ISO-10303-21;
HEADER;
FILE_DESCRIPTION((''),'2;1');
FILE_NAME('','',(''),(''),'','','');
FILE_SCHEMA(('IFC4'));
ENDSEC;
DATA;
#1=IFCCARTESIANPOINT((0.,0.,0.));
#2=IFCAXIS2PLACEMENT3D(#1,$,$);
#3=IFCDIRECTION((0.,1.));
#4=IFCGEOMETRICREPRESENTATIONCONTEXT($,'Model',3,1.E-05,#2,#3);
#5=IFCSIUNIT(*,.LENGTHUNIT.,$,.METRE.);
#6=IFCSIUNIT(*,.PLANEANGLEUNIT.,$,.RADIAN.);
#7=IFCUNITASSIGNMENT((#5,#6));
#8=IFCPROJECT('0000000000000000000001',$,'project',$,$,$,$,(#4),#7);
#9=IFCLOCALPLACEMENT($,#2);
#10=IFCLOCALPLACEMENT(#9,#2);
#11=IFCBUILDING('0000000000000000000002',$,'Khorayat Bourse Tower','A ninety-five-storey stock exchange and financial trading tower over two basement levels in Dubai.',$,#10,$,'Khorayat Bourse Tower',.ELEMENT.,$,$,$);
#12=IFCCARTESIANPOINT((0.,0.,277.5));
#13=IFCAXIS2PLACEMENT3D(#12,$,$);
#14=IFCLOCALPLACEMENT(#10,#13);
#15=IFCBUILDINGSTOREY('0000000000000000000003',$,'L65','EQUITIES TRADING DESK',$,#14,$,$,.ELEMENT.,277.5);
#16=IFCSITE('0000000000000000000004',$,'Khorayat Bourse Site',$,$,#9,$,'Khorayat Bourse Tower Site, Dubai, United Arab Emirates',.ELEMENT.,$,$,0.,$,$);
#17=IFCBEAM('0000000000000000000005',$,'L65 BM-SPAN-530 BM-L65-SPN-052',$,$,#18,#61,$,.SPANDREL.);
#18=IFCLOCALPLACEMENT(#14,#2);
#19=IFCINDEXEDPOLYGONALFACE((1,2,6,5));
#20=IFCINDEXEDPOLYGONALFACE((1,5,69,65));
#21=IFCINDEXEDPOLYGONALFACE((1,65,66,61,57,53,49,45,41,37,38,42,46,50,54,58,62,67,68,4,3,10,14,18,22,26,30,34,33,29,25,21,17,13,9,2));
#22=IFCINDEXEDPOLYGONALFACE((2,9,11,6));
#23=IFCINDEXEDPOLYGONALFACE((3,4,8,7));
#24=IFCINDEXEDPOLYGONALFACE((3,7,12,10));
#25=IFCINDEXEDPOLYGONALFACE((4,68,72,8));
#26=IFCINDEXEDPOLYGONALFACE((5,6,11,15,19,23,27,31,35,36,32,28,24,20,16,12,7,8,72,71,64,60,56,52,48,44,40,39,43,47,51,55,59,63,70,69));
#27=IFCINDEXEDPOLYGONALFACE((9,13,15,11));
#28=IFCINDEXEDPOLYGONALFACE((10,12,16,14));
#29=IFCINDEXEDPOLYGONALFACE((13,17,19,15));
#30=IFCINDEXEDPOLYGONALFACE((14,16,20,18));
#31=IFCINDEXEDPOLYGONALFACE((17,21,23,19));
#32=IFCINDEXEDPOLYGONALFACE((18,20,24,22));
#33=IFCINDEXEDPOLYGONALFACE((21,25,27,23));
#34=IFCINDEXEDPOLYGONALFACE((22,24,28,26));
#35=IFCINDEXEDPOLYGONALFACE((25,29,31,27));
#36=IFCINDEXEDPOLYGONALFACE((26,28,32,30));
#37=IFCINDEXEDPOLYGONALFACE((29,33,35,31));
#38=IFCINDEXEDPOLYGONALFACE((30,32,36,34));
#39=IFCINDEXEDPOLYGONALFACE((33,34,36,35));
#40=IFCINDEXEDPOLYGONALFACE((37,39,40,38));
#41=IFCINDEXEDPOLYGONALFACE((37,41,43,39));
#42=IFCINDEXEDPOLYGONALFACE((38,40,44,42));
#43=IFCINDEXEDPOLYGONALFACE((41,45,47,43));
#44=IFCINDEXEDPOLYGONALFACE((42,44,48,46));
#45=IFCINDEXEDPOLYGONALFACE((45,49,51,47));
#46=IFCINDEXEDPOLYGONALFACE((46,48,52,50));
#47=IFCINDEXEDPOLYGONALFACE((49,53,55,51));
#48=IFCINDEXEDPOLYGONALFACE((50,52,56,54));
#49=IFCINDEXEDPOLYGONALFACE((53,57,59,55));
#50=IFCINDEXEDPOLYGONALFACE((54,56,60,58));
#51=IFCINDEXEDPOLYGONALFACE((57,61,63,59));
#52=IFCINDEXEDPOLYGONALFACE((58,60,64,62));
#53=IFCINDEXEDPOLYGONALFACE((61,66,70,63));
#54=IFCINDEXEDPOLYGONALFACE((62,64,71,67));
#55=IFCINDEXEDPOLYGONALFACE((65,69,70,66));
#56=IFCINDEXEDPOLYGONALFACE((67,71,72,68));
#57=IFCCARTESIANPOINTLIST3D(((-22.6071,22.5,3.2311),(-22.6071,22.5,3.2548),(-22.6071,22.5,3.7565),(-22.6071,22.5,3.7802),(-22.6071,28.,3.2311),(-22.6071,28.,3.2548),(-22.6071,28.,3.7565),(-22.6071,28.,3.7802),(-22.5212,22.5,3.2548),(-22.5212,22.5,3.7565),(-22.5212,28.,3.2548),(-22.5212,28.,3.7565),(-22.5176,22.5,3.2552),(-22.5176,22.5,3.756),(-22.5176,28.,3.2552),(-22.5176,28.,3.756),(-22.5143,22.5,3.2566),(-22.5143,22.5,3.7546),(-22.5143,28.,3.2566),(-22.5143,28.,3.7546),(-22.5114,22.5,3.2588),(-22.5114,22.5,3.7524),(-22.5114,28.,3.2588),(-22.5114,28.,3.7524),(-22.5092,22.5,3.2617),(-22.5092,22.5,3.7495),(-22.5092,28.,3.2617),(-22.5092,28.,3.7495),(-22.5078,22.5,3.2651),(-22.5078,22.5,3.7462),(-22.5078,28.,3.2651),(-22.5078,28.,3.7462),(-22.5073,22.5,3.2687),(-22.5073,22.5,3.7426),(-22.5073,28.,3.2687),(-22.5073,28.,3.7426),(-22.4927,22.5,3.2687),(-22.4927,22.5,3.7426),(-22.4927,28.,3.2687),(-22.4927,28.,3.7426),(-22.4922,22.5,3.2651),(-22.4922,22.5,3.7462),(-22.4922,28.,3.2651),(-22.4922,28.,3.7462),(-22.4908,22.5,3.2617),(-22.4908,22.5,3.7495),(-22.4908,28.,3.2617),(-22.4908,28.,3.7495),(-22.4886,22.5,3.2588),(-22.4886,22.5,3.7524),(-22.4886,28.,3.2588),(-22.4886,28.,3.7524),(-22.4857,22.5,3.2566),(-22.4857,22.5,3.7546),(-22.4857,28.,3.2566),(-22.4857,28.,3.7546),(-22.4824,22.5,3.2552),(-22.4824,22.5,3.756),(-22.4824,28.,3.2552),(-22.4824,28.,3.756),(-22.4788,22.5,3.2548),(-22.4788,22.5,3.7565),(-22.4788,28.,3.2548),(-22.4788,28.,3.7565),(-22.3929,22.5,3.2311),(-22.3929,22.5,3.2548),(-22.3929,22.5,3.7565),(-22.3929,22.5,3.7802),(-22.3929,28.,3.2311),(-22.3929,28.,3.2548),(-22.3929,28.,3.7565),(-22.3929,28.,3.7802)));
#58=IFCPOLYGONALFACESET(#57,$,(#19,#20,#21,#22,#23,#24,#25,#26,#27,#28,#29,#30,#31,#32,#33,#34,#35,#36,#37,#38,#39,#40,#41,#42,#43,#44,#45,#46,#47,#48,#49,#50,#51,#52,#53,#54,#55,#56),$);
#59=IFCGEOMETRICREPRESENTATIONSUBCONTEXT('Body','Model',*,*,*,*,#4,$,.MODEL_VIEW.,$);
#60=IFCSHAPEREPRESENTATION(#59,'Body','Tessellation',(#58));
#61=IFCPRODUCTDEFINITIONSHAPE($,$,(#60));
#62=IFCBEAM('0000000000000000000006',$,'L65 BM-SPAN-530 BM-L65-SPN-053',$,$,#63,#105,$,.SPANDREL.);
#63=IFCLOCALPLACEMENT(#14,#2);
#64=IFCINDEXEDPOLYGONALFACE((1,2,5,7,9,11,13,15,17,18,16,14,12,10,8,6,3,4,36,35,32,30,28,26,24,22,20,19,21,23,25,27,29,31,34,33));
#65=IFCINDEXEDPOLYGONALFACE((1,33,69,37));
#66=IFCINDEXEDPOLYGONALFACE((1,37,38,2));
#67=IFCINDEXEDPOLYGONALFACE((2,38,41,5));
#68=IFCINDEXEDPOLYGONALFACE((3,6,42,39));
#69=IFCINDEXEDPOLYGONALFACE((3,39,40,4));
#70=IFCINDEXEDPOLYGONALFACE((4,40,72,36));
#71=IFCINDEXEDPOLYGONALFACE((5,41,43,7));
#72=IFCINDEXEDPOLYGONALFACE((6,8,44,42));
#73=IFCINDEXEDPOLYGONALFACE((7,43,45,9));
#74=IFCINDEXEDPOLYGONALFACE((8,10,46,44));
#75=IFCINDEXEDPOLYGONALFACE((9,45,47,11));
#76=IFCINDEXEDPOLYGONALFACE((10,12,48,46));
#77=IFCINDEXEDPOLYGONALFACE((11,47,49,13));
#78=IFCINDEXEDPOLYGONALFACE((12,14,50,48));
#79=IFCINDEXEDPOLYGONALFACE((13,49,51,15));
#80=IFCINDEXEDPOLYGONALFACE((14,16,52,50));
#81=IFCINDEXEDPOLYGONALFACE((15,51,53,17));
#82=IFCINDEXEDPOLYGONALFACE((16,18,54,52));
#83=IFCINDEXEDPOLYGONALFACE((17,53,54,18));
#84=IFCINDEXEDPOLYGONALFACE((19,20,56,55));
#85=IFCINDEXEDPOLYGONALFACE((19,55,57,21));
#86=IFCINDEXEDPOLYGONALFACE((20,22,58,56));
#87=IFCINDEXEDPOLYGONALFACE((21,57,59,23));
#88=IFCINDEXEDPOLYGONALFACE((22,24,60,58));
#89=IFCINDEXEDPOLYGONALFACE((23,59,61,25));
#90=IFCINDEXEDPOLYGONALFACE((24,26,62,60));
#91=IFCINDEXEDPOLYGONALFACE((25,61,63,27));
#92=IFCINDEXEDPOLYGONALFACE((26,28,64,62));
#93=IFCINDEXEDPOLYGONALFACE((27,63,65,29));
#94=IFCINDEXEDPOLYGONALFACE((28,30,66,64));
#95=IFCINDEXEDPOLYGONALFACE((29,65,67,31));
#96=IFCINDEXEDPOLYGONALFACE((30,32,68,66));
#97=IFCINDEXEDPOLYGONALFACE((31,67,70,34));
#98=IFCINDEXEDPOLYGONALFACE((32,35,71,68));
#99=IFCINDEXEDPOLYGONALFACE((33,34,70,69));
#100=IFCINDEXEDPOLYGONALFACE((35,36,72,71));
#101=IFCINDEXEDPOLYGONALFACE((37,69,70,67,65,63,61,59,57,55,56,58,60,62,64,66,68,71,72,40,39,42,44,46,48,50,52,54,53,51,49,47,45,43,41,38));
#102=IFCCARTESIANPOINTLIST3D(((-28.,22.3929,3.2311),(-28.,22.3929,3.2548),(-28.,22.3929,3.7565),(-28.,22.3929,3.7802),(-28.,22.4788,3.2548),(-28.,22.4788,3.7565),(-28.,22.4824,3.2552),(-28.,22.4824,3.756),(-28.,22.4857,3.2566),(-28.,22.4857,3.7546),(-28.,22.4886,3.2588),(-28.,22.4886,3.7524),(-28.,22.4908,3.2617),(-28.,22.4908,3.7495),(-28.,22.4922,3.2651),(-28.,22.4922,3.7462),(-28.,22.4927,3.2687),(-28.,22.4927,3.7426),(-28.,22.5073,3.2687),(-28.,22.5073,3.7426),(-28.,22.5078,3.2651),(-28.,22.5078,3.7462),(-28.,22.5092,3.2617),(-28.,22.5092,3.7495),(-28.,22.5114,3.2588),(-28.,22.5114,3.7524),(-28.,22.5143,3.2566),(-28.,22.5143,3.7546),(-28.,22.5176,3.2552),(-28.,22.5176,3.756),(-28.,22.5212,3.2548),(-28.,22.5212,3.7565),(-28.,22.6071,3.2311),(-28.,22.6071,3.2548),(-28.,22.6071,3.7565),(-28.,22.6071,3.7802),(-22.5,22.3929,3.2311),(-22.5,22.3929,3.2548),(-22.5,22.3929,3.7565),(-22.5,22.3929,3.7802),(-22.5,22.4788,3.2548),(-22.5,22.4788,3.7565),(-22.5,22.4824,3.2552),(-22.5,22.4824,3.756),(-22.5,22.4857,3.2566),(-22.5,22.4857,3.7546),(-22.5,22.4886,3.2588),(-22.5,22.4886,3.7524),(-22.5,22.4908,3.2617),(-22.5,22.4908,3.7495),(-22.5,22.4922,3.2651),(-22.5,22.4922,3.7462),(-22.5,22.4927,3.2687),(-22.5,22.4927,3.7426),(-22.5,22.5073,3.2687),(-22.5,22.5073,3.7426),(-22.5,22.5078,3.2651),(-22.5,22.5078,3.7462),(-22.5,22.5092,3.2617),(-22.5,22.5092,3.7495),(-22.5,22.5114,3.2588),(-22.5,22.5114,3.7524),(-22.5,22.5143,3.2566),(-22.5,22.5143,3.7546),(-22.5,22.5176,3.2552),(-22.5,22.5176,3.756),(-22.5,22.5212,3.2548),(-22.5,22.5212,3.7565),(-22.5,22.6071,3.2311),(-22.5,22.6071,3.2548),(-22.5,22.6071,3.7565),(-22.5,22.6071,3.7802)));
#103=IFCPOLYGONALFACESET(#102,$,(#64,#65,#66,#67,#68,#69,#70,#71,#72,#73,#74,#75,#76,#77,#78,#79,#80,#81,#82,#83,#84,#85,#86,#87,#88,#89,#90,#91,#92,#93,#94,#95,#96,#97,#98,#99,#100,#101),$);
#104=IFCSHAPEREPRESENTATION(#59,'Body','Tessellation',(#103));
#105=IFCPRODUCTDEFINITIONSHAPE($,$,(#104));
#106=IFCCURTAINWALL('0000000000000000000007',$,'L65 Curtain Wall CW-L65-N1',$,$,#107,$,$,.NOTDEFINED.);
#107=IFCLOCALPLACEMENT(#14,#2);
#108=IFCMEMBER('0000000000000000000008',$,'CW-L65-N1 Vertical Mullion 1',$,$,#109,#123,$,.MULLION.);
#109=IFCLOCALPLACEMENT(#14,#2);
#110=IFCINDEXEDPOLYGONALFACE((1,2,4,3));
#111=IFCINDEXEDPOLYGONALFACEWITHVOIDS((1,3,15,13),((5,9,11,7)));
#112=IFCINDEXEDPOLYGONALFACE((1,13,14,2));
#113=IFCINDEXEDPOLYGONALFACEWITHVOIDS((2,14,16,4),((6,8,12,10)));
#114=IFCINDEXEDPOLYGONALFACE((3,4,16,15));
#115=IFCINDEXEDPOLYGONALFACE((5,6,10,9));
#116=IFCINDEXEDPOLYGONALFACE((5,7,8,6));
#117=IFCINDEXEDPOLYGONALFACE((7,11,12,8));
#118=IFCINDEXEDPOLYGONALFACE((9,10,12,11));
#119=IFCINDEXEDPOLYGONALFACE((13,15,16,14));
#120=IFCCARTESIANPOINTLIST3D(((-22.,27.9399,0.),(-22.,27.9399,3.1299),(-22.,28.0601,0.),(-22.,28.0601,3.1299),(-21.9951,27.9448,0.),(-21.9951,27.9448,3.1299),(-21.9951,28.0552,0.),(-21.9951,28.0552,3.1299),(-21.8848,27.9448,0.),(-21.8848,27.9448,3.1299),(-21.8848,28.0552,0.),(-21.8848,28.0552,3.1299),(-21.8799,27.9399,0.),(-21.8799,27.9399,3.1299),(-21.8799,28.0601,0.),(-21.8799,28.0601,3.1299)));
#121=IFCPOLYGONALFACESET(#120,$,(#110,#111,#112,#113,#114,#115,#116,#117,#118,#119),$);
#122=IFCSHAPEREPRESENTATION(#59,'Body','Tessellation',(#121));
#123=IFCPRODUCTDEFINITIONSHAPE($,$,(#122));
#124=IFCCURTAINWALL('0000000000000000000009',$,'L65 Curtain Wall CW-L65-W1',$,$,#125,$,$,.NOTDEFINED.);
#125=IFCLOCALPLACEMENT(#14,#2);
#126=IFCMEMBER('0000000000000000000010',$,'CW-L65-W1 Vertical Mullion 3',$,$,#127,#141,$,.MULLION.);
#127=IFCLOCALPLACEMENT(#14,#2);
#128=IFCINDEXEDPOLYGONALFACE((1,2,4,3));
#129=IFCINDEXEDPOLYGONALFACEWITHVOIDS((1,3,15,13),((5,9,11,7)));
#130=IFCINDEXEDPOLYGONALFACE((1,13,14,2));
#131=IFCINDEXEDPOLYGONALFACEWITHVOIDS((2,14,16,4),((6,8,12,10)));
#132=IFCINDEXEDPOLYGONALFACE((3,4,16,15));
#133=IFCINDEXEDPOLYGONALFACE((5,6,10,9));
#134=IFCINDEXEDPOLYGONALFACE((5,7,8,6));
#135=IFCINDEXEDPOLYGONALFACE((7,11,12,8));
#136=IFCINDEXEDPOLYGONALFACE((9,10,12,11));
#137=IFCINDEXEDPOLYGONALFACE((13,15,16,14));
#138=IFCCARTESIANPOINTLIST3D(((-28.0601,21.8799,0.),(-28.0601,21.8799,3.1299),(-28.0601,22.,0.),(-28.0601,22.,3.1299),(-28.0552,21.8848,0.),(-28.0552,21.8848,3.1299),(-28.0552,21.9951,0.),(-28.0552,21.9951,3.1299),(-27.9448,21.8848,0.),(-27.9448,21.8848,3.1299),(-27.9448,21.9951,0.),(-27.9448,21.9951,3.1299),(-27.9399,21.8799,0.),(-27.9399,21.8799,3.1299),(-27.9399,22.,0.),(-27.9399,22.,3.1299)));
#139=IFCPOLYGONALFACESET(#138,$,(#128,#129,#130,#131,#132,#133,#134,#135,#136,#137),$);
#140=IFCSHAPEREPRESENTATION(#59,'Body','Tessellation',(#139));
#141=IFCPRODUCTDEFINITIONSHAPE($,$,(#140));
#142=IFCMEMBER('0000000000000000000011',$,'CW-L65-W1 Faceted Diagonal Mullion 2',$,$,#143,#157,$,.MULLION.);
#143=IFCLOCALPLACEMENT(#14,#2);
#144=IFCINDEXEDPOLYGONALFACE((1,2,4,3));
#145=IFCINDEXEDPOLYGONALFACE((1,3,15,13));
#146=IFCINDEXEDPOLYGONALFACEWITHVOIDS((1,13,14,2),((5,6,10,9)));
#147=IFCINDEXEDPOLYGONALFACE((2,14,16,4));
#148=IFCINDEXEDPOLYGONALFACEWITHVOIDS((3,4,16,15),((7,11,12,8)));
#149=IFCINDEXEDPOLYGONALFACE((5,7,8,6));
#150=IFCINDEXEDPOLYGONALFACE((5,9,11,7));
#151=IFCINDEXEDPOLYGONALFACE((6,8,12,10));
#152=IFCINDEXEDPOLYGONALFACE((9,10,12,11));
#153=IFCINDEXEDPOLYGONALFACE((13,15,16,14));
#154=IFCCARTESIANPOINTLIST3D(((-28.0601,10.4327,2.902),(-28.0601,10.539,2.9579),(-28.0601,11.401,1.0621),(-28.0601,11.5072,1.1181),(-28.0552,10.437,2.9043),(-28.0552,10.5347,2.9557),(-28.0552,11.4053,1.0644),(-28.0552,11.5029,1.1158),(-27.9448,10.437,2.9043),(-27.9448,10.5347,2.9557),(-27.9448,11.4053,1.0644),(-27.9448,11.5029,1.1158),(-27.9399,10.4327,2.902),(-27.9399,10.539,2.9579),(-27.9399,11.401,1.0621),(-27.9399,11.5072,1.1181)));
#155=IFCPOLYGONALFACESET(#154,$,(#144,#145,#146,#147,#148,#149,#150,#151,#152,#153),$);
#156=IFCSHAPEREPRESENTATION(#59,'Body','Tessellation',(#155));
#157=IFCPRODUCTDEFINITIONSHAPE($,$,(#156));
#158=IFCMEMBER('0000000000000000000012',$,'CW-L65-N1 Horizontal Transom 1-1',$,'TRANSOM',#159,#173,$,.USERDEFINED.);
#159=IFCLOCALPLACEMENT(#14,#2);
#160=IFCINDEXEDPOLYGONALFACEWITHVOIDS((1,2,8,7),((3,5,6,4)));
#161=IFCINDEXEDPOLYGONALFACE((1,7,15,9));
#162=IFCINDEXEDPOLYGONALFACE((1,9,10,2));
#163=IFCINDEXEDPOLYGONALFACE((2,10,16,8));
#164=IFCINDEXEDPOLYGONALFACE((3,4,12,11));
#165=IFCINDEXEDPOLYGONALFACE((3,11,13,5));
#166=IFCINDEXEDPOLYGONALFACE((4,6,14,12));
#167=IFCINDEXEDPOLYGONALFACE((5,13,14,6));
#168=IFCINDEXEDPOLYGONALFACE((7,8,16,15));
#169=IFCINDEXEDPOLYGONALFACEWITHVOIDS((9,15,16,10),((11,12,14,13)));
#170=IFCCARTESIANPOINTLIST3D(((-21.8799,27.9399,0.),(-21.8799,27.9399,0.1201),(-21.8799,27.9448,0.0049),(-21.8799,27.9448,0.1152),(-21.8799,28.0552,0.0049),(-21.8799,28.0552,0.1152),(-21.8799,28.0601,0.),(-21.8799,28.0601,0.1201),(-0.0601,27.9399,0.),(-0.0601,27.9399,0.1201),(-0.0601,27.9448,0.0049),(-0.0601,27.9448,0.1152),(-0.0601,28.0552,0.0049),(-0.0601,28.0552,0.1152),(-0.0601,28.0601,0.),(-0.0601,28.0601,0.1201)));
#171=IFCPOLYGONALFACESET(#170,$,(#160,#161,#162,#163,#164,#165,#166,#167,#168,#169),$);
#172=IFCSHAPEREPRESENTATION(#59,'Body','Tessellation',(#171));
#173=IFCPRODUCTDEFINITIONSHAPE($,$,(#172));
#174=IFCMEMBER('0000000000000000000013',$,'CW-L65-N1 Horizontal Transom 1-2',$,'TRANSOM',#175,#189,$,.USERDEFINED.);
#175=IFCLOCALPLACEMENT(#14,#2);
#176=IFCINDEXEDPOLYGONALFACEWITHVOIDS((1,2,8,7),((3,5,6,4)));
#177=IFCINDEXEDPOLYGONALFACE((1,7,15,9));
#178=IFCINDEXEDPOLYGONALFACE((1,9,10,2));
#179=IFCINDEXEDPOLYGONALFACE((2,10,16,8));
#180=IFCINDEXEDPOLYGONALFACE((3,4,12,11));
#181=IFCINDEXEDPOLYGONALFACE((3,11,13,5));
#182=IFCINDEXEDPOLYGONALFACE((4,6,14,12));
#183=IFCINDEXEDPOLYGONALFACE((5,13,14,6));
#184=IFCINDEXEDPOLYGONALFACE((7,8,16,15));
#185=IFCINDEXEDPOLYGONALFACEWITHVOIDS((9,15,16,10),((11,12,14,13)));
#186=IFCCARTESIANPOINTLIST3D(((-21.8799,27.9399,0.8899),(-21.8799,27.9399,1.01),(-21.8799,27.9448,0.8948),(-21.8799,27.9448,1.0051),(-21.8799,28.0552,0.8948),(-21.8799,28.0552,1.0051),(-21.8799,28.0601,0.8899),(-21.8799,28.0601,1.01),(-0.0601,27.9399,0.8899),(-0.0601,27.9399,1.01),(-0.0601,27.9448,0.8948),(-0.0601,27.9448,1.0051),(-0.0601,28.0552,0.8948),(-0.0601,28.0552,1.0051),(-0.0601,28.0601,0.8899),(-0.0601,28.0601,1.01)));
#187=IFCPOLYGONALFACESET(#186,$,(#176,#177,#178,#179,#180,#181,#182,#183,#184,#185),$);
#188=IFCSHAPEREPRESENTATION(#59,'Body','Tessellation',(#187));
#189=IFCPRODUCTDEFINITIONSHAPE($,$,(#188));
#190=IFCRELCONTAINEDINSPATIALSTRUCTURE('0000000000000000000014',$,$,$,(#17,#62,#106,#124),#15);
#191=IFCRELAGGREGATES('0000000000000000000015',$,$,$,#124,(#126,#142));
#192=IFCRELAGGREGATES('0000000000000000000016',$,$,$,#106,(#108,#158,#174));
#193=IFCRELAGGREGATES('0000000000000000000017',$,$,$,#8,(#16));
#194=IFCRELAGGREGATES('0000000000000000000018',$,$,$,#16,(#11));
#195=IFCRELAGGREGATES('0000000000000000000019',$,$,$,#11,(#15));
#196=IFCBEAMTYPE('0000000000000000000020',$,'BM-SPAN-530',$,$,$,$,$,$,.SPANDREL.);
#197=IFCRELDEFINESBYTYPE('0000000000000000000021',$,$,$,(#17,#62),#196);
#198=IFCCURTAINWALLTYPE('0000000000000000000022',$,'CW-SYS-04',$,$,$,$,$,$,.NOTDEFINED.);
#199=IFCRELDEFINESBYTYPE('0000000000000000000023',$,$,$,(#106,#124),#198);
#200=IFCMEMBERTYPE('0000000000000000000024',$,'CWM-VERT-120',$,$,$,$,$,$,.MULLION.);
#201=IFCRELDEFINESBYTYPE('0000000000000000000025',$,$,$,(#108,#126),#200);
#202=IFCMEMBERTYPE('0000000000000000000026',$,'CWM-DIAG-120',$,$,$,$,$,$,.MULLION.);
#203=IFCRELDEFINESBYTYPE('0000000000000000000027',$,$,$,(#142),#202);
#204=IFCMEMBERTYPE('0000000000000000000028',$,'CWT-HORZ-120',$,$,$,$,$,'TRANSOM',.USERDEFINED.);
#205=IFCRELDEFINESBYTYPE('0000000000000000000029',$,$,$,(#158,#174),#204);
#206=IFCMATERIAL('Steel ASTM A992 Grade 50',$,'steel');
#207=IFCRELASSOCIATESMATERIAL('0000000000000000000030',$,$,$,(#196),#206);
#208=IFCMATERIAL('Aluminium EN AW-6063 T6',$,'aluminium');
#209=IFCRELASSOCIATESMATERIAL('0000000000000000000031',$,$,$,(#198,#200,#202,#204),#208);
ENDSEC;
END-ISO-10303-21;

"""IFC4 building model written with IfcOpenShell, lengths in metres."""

from ifc_helpers import new_model, si_unit, direction, frame, origin, origin_2d, place, context, subcontext, project, spatial, hollow_rectangle, i_section, extrude, source, transform, mapped, material, material_profile, profile_set, type_object, element, aggregate, save


model = new_model("IFC4")

# Units and contexts
model_context = context("Model", 3, precision=1e-05, world=origin(), true_north=direction((0.0, 1.0)))
body_context = subcontext(model_context, "Body", "Model", "MODEL_VIEW")
ifc_project = project(units=[si_unit("LENGTHUNIT", "METRE"), si_unit("PLANEANGLEUNIT", "RADIAN")], contexts=[model_context])

# Site, building, storey
site_placement = place(None, origin())
site = spatial("IfcSite", under=ifc_project, at=site_placement, Name="Khorayat Bourse Site", LongName="Khorayat Bourse Tower Site, Dubai, United Arab Emirates", CompositionType="ELEMENT", RefElevation=0.0)
building_placement = place(site_placement, origin())
building = spatial("IfcBuilding", under=site, at=building_placement, Name="Khorayat Bourse Tower", Description="A ninety-five-storey stock exchange and financial trading tower over two basement levels in Dubai.", LongName="Khorayat Bourse Tower", CompositionType="ELEMENT")
storey_placement = place(building_placement, frame((0.0, 0.0, 277.5)))
storey = spatial("IfcBuildingStorey", under=building, at=storey_placement, Name="L65", Description="EQUITIES TRADING DESK", CompositionType="ELEMENT", Elevation=277.5)

# Beams
ifc_material_1 = material(Name="Steel ASTM A992 Grade 50", Category="steel")
ifc_material_profile_1 = material_profile(ifc_material_1, i_section(OverallWidth=0.2141, OverallDepth=0.5491, WebThickness=0.0146, FlangeThickness=0.0237, FilletRadius=0.0139, at=origin_2d()), Name="W530X138")
ifc_profile_set_1 = profile_set([ifc_material_profile_1], Name="Steel ASTM A992 Grade 50")
beam_type_1 = type_object("IfcBeamType", Name="BM-SPAN-530", PredefinedType="SPANDREL", material=ifc_profile_set_1)
shared_shape_1 = source(origin(), body_context, "Body", "SweptSolid", [
    extrude(i_section(OverallWidth=0.2141, OverallDepth=0.5491, WebThickness=0.0146, FlangeThickness=0.0237, FilletRadius=0.0139, at=origin_2d()), origin(), (0.0, 0.0, 1.0), 5.5),
])
for number, where, z_axis, x_axis, name in (
    (1, (-22.5, 22.5, 3.5056), (0.0, 1.0, 0.0), (-1.0, 0.0, 0.0), "L65 BM-SPAN-530 BM-L65-SPN-052"),
    (2, (-28.0, 22.5, 3.5056), (1.0, 0.0, 0.0), (0.0, 1.0, 0.0), "L65 BM-SPAN-530 BM-L65-SPN-053"),
):
    element("IfcBeam", number, at=place(storey_placement, frame(where, z_axis=z_axis, x_axis=x_axis)), inside=storey, type_object=beam_type_1, Name=name, PredefinedType="SPANDREL", context=body_context, shape_type="MappedRepresentation", body=[
        mapped(shared_shape_1, transform((0.0, 0.0, 0.0), scale=1.0)),
    ])

# Curtain wall, member
ifc_material_2 = material(Name="Aluminium EN AW-6063 T6", Category="aluminium")
curtain_wall_type = type_object("IfcCurtainWallType", Name="CW-SYS-04", PredefinedType="NOTDEFINED", material=ifc_material_2)
curtain_wall_1_placement = place(storey_placement, origin())
curtain_wall_1 = element("IfcCurtainWall", 3, at=curtain_wall_1_placement, inside=storey, type_object=curtain_wall_type, Name="L65 Curtain Wall CW-L65-N1", PredefinedType="NOTDEFINED")
ifc_material_profile_2 = material_profile(ifc_material_2, hollow_rectangle(XDim=0.1201, YDim=0.1201, WallThickness=0.0049, at=origin_2d()), Name="ALU 120x120x5")
ifc_profile_set_2 = profile_set([ifc_material_profile_2], Name="Aluminium EN AW-6063 T6")
member_type_1 = type_object("IfcMemberType", Name="CWM-VERT-120", PredefinedType="MULLION", material=ifc_profile_set_2)
shared_shape_2 = source(origin(), body_context, "Body", "SweptSolid", [
    extrude(hollow_rectangle(XDim=0.1201, YDim=0.1201, WallThickness=0.0049, at=origin_2d()), origin(), (0.0, 0.0, 1.0), 3.1299),
])
member_1_placement = place(storey_placement, frame((-21.9399, 28.0, 0.0), z_axis=(0.0, 0.0, 1.0), x_axis=(0.0, 1.0, 0.0)))
member_1 = element("IfcMember", 4, at=member_1_placement, type_object=member_type_1, Name="CW-L65-N1 Vertical Mullion 1", PredefinedType="MULLION", context=body_context, shape_type="MappedRepresentation", body=[
    mapped(shared_shape_2, transform((0.0, 0.0, 0.0), scale=1.0)),
])

# Curtain wall, members
curtain_wall_2_placement = place(storey_placement, origin())
curtain_wall_2 = element("IfcCurtainWall", 5, at=curtain_wall_2_placement, inside=storey, type_object=curtain_wall_type, Name="L65 Curtain Wall CW-L65-W1", PredefinedType="NOTDEFINED")
member_2_placement = place(storey_placement, frame((-28.0, 21.9399, 0.0), z_axis=(0.0, 0.0, 1.0), x_axis=(-1.0, 0.0, 0.0)))
member_2 = element("IfcMember", 6, at=member_2_placement, type_object=member_type_1, Name="CW-L65-W1 Vertical Mullion 3", PredefinedType="MULLION", context=body_context, shape_type="MappedRepresentation", body=[
    mapped(shared_shape_2, transform((0.0, 0.0, 0.0), scale=1.0)),
])
ifc_material_profile_3 = material_profile(ifc_material_2, hollow_rectangle(XDim=0.1201, YDim=0.1201, WallThickness=0.0049, at=origin_2d()), Name="ALU 120x120x5")
ifc_profile_set_3 = profile_set([ifc_material_profile_3], Name="Aluminium EN AW-6063 T6")
member_type_2 = type_object("IfcMemberType", Name="CWM-DIAG-120", PredefinedType="MULLION", material=ifc_profile_set_3)
shared_shape_3 = source(origin(), body_context, "Body", "SweptSolid", [
    extrude(hollow_rectangle(XDim=0.1201, YDim=0.1201, WallThickness=0.0049, at=origin_2d()), origin(), (0.0, 0.0, 1.0), 2.0791),
])
member_3_placement = place(storey_placement, frame((-28.0, 11.4541, 1.0901), z_axis=(0.0, -0.465717, 0.884934), x_axis=(1.0, 0.0, 0.0)))
member_3 = element("IfcMember", 7, at=member_3_placement, type_object=member_type_2, Name="CW-L65-W1 Faceted Diagonal Mullion 2", PredefinedType="MULLION", context=body_context, shape_type="MappedRepresentation", body=[
    mapped(shared_shape_3, transform((0.0, 0.0, 0.0), scale=1.0)),
])
aggregate(curtain_wall_2, [member_2, member_3])

# Members
ifc_material_profile_4 = material_profile(ifc_material_2, hollow_rectangle(XDim=0.1201, YDim=0.1201, WallThickness=0.0049, at=origin_2d()), Name="ALU 120x120x5")
ifc_profile_set_4 = profile_set([ifc_material_profile_4], Name="Aluminium EN AW-6063 T6")
member_type_3 = type_object("IfcMemberType", Name="CWT-HORZ-120", ElementType="TRANSOM", PredefinedType="USERDEFINED", material=ifc_profile_set_4)
shared_shape_4 = source(origin(), body_context, "Body", "SweptSolid", [
    extrude(hollow_rectangle(XDim=0.1201, YDim=0.1201, WallThickness=0.0049, at=origin_2d()), origin(), (0.0, 0.0, 1.0), 21.8198),
])
member_4_placement = place(storey_placement, frame((-21.8799, 28.0, 0.0601), z_axis=(1.0, 0.0, 0.0), x_axis=(0.0, 1.0, 0.0)))
member_4 = element("IfcMember", 8, at=member_4_placement, type_object=member_type_3, Name="CW-L65-N1 Horizontal Transom 1-1", ObjectType="TRANSOM", PredefinedType="USERDEFINED", context=body_context, shape_type="MappedRepresentation", body=[
    mapped(shared_shape_4, transform((0.0, 0.0, 0.0), scale=1.0)),
])
member_5_placement = place(storey_placement, frame((-21.8799, 28.0, 0.95), z_axis=(1.0, 0.0, 0.0), x_axis=(0.0, 1.0, 0.0)))
member_5 = element("IfcMember", 9, at=member_5_placement, type_object=member_type_3, Name="CW-L65-N1 Horizontal Transom 1-2", ObjectType="TRANSOM", PredefinedType="USERDEFINED", context=body_context, shape_type="MappedRepresentation", body=[
    mapped(shared_shape_4, transform((0.0, 0.0, 0.0), scale=1.0)),
])
aggregate(curtain_wall_1, [member_1, member_4, member_5])

save(model, "model.ifc")
